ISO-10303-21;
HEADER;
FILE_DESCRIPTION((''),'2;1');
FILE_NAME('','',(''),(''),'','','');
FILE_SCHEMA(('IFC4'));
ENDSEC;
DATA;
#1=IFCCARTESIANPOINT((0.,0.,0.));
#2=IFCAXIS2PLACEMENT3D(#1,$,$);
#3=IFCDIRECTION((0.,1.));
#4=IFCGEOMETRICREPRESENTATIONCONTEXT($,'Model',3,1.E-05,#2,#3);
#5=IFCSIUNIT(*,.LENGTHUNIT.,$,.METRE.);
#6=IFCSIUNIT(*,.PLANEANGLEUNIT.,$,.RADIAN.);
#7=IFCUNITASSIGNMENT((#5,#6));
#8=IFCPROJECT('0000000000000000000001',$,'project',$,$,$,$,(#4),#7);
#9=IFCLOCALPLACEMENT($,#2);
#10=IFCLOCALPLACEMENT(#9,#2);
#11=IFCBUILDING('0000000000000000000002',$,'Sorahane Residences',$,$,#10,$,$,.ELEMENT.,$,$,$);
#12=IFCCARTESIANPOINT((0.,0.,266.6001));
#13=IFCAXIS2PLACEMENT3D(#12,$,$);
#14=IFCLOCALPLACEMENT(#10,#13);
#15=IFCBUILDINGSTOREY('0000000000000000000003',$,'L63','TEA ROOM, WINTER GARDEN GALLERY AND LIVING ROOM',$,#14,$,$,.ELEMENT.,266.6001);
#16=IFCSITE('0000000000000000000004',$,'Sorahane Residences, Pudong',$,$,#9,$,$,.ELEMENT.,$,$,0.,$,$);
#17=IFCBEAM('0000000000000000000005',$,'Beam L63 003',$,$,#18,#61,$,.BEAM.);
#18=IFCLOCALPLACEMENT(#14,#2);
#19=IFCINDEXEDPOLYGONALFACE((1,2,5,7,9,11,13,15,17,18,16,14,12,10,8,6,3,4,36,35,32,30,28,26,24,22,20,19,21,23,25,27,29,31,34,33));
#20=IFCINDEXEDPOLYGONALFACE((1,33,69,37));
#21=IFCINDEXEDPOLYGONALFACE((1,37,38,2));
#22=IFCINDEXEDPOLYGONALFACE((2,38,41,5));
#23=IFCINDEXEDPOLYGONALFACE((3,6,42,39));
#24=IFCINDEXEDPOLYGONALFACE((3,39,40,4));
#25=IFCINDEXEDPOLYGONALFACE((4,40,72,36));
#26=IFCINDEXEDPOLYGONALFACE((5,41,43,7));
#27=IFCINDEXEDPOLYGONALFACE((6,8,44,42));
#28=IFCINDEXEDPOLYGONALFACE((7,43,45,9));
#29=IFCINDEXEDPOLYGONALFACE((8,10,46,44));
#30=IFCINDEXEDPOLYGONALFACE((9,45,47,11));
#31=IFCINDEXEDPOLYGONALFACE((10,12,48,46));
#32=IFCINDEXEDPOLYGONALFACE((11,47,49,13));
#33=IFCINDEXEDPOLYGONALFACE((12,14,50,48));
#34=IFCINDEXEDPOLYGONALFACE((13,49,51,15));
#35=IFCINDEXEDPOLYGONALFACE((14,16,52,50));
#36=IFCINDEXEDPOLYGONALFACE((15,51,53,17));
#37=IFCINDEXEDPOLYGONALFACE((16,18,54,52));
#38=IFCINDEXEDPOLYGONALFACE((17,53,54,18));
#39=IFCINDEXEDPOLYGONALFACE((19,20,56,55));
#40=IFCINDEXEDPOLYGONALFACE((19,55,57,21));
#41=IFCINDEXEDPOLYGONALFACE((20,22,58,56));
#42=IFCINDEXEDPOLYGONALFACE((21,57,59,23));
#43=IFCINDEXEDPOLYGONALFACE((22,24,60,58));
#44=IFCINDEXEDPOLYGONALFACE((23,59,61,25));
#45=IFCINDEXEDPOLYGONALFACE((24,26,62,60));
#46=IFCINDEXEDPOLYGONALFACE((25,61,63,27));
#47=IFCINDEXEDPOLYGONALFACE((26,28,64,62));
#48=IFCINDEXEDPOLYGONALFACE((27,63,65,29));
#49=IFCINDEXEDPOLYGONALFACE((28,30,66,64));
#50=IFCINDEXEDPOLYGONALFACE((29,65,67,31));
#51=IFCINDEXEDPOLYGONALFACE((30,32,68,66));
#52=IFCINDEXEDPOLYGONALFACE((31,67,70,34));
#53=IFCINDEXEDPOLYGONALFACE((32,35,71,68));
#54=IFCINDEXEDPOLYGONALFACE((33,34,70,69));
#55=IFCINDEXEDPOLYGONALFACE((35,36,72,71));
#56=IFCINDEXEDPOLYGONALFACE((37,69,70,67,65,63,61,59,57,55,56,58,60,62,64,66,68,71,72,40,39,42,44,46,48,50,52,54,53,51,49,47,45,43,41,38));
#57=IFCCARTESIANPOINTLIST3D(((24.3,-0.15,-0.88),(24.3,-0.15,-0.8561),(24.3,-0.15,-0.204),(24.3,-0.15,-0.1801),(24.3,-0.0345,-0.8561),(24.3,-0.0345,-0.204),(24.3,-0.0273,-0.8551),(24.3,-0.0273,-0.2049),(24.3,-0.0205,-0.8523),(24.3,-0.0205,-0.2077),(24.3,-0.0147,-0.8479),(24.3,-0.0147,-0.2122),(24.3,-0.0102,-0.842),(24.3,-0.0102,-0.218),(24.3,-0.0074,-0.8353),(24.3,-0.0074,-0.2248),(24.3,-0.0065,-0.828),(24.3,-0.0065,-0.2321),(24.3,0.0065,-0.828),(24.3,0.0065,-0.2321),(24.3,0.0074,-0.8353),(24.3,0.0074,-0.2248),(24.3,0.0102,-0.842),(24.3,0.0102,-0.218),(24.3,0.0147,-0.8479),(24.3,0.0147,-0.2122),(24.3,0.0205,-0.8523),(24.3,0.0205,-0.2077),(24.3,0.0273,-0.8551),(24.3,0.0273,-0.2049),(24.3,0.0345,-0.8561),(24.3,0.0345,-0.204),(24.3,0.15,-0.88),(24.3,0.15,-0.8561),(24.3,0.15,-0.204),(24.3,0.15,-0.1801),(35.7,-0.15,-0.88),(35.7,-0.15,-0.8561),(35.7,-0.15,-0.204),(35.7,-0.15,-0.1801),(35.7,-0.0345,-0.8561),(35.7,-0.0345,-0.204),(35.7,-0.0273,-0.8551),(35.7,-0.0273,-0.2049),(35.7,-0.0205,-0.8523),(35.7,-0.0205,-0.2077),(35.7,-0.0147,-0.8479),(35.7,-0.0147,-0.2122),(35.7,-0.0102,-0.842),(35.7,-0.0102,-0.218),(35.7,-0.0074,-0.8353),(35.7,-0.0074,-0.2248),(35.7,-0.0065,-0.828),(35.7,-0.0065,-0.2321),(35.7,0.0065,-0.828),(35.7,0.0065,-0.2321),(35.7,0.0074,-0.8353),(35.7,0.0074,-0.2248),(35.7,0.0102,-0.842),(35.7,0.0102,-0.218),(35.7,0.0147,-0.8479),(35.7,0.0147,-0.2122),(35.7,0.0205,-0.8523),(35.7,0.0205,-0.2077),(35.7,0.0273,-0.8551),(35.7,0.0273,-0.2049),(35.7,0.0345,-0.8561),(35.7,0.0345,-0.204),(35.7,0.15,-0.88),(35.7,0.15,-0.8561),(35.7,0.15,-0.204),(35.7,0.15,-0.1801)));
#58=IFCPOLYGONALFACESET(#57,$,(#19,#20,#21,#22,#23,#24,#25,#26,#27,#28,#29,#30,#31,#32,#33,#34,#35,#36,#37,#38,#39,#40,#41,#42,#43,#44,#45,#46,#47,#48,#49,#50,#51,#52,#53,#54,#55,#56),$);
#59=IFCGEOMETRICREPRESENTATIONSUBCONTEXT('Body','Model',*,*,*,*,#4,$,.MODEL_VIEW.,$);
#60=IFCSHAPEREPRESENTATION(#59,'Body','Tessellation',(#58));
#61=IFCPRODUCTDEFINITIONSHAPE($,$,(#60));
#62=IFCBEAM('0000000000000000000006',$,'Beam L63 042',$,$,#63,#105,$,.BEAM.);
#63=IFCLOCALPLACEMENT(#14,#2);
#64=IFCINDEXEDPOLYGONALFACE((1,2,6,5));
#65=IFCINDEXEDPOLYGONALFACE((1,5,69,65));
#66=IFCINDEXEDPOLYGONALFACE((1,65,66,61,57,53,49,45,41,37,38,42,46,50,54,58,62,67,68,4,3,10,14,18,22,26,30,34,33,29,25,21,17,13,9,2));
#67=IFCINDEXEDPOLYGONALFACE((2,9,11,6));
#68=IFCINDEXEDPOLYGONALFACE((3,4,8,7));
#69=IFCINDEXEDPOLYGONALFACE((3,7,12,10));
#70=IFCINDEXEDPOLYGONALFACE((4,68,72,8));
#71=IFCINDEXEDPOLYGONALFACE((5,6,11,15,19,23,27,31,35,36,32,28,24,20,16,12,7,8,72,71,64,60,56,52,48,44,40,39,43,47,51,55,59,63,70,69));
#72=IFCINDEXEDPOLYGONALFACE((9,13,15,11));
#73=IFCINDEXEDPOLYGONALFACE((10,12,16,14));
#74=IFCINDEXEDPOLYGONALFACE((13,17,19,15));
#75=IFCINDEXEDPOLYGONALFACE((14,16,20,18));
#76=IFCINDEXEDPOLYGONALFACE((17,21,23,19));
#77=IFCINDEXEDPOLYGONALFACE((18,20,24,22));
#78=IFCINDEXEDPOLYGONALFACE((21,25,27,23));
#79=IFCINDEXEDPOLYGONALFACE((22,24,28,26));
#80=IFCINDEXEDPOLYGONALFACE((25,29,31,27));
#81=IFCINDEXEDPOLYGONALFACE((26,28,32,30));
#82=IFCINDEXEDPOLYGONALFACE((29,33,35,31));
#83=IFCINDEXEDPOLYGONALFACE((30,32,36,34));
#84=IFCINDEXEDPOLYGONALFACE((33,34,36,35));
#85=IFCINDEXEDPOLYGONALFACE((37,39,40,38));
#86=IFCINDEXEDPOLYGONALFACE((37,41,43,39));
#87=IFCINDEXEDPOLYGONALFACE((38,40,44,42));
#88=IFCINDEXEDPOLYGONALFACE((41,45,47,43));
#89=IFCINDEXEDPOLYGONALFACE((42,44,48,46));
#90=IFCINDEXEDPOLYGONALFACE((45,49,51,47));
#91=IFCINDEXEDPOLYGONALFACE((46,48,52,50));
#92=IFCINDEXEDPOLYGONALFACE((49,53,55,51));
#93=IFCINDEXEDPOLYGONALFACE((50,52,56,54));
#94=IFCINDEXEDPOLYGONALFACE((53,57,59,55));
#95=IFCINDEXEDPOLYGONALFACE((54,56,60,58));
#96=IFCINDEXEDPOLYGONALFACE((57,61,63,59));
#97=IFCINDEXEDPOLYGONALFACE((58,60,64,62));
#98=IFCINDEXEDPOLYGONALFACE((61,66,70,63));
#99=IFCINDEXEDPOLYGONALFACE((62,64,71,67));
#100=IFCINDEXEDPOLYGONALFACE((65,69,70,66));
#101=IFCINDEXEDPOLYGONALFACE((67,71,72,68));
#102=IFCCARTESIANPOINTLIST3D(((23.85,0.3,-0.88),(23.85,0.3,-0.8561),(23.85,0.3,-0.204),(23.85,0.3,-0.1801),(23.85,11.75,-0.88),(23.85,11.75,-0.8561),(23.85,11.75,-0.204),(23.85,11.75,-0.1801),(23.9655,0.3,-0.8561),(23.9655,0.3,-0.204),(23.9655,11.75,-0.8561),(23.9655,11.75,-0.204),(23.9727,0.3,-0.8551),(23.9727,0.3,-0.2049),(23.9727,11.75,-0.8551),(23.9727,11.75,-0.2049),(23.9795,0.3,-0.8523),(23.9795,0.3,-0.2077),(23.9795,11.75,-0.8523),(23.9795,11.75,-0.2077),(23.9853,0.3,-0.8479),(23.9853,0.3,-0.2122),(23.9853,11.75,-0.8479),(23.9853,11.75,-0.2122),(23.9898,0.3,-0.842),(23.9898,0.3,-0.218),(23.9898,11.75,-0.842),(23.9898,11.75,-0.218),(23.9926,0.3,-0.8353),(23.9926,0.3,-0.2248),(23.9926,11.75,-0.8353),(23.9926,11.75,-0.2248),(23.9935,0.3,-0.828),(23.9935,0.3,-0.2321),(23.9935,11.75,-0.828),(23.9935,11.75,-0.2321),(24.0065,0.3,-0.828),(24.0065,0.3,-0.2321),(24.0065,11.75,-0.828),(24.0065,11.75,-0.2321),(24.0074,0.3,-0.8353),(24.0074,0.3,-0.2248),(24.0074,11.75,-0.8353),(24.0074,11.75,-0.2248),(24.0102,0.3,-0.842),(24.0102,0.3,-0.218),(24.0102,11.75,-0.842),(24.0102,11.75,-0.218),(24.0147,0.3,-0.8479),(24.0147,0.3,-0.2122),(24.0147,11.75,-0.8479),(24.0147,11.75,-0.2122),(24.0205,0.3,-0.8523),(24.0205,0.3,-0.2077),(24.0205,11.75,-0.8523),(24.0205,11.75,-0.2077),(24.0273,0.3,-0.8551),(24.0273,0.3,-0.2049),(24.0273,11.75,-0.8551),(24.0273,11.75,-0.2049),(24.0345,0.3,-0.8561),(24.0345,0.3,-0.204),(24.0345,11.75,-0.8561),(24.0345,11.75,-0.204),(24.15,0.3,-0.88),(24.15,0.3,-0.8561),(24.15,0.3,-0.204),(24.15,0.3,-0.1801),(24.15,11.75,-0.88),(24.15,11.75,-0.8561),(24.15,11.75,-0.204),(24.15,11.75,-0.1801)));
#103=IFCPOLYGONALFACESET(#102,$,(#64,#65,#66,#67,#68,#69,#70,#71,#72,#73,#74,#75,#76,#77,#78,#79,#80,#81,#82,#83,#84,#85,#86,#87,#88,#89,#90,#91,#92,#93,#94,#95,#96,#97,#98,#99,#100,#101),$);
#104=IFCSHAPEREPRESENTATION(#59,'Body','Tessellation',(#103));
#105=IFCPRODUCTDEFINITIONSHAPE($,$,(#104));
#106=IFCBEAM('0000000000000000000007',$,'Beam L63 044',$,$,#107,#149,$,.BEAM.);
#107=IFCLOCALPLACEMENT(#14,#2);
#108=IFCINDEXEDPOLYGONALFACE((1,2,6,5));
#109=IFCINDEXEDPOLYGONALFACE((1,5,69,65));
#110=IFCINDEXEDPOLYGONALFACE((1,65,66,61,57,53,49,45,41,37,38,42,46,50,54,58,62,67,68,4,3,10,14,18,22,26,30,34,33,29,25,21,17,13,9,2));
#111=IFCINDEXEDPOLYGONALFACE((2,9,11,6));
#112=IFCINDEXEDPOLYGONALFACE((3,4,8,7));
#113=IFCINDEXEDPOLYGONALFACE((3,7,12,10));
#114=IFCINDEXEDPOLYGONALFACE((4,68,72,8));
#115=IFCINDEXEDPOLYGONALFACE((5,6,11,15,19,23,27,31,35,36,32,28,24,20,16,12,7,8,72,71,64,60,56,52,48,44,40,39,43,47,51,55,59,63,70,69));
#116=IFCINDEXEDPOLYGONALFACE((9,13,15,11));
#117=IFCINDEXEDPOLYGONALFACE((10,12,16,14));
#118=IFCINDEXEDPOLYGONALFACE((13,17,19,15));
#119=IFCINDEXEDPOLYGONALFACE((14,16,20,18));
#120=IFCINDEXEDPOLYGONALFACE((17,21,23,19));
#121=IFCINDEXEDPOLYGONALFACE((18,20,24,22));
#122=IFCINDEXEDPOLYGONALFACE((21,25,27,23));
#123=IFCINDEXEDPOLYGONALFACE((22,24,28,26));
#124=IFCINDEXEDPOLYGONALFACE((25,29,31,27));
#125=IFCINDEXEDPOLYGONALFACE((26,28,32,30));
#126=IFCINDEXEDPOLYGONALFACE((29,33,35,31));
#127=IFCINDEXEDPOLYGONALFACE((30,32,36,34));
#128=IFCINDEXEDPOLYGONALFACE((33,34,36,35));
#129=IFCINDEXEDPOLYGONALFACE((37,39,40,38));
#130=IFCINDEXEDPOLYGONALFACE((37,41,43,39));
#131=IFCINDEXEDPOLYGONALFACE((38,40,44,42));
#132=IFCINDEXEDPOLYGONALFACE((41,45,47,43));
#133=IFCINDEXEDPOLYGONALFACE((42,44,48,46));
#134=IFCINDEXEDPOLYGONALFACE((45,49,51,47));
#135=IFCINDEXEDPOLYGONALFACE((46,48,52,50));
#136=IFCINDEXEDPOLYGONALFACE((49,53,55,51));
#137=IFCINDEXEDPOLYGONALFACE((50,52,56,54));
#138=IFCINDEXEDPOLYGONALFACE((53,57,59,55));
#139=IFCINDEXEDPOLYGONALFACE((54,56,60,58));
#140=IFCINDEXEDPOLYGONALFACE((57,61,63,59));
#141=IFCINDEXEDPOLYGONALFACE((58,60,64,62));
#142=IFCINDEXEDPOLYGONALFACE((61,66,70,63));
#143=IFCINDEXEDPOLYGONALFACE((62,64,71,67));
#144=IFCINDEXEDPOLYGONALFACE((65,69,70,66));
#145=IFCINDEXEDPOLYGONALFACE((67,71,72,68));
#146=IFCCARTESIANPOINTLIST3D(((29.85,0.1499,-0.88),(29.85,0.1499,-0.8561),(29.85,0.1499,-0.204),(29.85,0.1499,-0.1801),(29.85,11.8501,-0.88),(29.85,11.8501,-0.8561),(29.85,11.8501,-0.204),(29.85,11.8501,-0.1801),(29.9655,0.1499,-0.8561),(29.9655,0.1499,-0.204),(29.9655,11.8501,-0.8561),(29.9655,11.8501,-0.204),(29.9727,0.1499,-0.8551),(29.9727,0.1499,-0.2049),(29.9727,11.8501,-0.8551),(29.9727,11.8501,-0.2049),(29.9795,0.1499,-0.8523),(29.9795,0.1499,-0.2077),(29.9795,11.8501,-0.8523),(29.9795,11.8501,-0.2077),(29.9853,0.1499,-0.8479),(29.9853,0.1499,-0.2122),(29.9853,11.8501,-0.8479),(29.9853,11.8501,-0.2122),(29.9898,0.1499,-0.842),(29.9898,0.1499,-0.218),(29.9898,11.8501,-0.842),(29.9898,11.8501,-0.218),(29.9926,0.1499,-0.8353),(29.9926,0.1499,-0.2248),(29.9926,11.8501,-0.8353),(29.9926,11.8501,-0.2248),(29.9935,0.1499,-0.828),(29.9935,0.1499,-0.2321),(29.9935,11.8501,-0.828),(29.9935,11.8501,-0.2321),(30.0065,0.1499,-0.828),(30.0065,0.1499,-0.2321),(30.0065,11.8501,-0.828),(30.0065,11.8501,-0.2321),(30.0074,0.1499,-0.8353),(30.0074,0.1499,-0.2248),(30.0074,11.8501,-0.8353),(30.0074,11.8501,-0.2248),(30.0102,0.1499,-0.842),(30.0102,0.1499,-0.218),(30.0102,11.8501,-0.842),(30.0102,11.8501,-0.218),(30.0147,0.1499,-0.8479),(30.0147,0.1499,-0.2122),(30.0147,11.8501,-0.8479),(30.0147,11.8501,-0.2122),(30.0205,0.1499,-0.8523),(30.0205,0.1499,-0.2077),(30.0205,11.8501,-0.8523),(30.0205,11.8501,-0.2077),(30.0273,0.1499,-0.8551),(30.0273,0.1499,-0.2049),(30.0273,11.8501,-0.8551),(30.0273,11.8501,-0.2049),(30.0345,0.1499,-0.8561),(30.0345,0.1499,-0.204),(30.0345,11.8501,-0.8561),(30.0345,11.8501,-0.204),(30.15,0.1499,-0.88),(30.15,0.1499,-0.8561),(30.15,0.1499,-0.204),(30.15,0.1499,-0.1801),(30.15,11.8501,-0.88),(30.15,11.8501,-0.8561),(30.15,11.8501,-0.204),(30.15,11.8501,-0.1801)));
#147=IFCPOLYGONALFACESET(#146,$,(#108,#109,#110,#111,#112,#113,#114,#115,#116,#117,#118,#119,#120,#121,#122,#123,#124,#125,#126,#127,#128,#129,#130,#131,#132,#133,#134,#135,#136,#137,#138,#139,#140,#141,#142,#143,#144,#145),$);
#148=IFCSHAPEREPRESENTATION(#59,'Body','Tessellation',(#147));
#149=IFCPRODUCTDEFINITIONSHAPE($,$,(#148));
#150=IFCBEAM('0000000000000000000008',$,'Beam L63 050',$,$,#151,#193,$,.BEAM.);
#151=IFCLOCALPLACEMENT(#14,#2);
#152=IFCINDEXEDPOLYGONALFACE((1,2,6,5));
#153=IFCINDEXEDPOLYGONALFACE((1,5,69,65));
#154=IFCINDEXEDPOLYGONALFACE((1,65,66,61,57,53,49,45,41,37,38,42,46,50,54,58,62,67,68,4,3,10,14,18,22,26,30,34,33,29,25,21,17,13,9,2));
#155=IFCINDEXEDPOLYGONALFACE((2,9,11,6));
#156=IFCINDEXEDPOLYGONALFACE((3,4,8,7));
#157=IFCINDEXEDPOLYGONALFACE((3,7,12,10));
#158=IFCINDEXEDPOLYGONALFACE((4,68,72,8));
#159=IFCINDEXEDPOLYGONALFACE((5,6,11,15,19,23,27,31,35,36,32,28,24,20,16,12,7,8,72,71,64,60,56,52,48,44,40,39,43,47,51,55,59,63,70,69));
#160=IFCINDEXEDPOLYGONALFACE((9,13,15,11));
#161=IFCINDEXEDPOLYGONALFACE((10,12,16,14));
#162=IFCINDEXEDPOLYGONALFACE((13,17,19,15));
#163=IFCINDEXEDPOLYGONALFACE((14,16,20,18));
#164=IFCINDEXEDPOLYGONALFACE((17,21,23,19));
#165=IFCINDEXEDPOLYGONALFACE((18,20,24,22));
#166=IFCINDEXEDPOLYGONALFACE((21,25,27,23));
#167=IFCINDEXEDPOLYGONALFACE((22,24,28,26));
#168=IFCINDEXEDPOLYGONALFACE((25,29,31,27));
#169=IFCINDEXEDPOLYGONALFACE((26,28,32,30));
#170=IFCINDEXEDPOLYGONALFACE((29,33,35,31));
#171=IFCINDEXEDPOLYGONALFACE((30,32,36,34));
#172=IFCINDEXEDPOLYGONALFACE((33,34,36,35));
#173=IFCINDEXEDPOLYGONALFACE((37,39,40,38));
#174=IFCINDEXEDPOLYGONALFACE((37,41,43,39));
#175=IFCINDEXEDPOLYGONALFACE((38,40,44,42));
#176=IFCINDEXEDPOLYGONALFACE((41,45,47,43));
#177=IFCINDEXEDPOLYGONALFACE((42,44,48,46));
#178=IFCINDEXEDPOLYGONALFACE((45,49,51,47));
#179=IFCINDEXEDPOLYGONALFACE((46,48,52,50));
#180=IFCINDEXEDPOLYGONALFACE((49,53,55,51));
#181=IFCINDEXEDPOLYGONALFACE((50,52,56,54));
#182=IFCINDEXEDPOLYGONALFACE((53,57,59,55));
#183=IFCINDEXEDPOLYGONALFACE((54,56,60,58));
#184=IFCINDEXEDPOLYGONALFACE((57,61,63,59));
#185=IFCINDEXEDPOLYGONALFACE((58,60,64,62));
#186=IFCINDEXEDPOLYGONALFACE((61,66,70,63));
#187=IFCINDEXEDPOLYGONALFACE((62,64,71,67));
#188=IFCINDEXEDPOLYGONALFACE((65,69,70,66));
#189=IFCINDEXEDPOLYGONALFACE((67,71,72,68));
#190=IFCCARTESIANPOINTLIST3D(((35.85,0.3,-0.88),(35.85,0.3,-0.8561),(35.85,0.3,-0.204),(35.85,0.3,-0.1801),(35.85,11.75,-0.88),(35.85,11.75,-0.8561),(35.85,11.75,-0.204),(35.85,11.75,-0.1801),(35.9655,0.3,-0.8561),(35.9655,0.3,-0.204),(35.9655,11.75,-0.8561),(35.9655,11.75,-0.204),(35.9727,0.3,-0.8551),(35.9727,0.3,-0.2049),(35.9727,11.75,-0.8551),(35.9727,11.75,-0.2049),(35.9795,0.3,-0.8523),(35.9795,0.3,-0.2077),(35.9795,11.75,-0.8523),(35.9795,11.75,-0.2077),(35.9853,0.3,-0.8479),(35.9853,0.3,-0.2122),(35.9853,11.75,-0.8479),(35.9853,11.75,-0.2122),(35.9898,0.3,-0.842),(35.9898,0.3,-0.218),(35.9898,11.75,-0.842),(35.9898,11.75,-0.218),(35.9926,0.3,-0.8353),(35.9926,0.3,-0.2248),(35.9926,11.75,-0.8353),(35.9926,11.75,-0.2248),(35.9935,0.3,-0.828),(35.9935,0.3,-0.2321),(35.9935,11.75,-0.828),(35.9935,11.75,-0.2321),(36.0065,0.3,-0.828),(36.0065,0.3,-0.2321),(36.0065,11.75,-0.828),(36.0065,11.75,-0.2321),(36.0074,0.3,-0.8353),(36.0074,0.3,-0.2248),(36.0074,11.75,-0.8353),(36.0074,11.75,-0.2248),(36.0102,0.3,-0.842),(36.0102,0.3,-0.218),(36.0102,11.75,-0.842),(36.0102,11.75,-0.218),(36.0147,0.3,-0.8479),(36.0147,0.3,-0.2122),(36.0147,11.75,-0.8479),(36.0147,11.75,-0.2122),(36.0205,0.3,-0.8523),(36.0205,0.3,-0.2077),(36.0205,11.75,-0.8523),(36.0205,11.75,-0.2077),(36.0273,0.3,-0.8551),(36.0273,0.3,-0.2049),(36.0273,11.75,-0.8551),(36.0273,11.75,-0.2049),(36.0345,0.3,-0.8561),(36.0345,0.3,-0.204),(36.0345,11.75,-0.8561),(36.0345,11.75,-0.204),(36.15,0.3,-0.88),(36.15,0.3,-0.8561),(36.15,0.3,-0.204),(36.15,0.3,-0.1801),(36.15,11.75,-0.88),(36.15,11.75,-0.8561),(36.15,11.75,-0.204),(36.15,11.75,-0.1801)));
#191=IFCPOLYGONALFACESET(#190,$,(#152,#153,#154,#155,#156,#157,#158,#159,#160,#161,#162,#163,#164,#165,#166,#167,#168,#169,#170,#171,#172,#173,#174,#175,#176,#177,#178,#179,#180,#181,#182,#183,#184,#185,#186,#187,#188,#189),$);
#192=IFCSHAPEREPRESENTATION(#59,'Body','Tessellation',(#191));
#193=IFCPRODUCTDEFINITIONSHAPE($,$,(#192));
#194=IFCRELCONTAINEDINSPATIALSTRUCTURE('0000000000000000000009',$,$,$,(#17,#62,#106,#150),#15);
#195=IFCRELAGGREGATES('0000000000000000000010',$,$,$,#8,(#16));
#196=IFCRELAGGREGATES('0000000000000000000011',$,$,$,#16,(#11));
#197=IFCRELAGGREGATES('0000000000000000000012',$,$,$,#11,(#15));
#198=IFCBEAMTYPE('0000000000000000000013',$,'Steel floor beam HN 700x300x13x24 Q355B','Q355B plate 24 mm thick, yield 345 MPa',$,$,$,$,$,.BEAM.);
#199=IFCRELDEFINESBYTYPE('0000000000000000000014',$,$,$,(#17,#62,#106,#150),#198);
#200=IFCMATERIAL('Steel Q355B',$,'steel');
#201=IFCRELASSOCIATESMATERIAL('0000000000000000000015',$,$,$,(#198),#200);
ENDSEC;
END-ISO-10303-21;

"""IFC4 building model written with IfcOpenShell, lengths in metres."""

from ifc_helpers import new_model, si_unit, direction, frame, origin, origin_2d, place, context, subcontext, project, spatial, i_section, extrude, material, material_profile, profile_set, type_object, element, save


model = new_model("IFC4")

# Units and contexts
model_context = context("Model", 3, precision=1e-05, world=origin(), true_north=direction((0.0, 1.0)))
body_context = subcontext(model_context, "Body", "Model", "MODEL_VIEW")
ifc_project = project(units=[si_unit("LENGTHUNIT", "METRE"), si_unit("PLANEANGLEUNIT", "RADIAN")], contexts=[model_context])

# Site, building, storey
site_placement = place(None, origin())
site = spatial("IfcSite", under=ifc_project, at=site_placement, Name="Sorahane Residences, Pudong", CompositionType="ELEMENT", RefElevation=0.0)
building_placement = place(site_placement, origin())
building = spatial("IfcBuilding", under=site, at=building_placement, Name="Sorahane Residences", CompositionType="ELEMENT")
storey_placement = place(building_placement, frame((0.0, 0.0, 266.6001)))
storey = spatial("IfcBuildingStorey", under=building, at=storey_placement, Name="L63", Description="TEA ROOM, WINTER GARDEN GALLERY AND LIVING ROOM", CompositionType="ELEMENT", Elevation=266.6001)

# Beams
ifc_material_1 = material(Name="Steel Q355B", Category="steel")
ifc_material_profile_1 = material_profile(ifc_material_1, i_section(OverallWidth=0.3, OverallDepth=0.7, WebThickness=0.0129, FlangeThickness=0.0239, FilletRadius=0.0281, at=origin_2d()), Name="HN 700x300x13x24")
ifc_profile_set_1 = profile_set([ifc_material_profile_1], Name="Steel Q355B")
beam_type_1 = type_object("IfcBeamType", Name="Steel floor beam HN 700x300x13x24 Q355B", Description="Q355B plate 24 mm thick, yield 345 MPa", PredefinedType="BEAM", material=ifc_profile_set_1)
beam_1_placement = place(storey_placement, frame((24.3, 0.0, -0.53), z_axis=(1.0, 0.0, 0.0), x_axis=(0.0, 1.0, 0.0)))
element("IfcBeam", 1, at=beam_1_placement, inside=storey, type_object=beam_type_1, Name="Beam L63 003", PredefinedType="BEAM", context=body_context, shape_type="SweptSolid", body=[
    extrude(i_section(OverallWidth=0.3, OverallDepth=0.7, WebThickness=0.0129, FlangeThickness=0.0239, FilletRadius=0.0281, at=origin_2d()), origin(), (0.0, 0.0, 1.0), 11.3999),
])
beam_2_placement = place(storey_placement, frame((24.0, 0.3, -0.53), z_axis=(0.0, 1.0, 0.0), x_axis=(-1.0, 0.0, 0.0)))
element("IfcBeam", 2, at=beam_2_placement, inside=storey, type_object=beam_type_1, Name="Beam L63 042", PredefinedType="BEAM", context=body_context, shape_type="SweptSolid", body=[
    extrude(i_section(OverallWidth=0.3, OverallDepth=0.7, WebThickness=0.0129, FlangeThickness=0.0239, FilletRadius=0.0281, at=origin_2d()), origin(), (0.0, 0.0, 1.0), 11.45),
])
beam_3_placement = place(storey_placement, frame((30.0, 0.1499, -0.53), z_axis=(0.0, 1.0, 0.0), x_axis=(-1.0, 0.0, 0.0)))
element("IfcBeam", 3, at=beam_3_placement, inside=storey, type_object=beam_type_1, Name="Beam L63 044", PredefinedType="BEAM", context=body_context, shape_type="SweptSolid", body=[
    extrude(i_section(OverallWidth=0.3, OverallDepth=0.7, WebThickness=0.0129, FlangeThickness=0.0239, FilletRadius=0.0281, at=origin_2d()), origin(), (0.0, 0.0, 1.0), 11.7002),
])
beam_4_placement = place(storey_placement, frame((36.0, 0.3, -0.53), z_axis=(0.0, 1.0, 0.0), x_axis=(-1.0, 0.0, 0.0)))
element("IfcBeam", 4, at=beam_4_placement, inside=storey, type_object=beam_type_1, Name="Beam L63 050", PredefinedType="BEAM", context=body_context, shape_type="SweptSolid", body=[
    extrude(i_section(OverallWidth=0.3, OverallDepth=0.7, WebThickness=0.0129, FlangeThickness=0.0239, FilletRadius=0.0281, at=origin_2d()), origin(), (0.0, 0.0, 1.0), 11.45),
])

save(model, "model.ifc")
